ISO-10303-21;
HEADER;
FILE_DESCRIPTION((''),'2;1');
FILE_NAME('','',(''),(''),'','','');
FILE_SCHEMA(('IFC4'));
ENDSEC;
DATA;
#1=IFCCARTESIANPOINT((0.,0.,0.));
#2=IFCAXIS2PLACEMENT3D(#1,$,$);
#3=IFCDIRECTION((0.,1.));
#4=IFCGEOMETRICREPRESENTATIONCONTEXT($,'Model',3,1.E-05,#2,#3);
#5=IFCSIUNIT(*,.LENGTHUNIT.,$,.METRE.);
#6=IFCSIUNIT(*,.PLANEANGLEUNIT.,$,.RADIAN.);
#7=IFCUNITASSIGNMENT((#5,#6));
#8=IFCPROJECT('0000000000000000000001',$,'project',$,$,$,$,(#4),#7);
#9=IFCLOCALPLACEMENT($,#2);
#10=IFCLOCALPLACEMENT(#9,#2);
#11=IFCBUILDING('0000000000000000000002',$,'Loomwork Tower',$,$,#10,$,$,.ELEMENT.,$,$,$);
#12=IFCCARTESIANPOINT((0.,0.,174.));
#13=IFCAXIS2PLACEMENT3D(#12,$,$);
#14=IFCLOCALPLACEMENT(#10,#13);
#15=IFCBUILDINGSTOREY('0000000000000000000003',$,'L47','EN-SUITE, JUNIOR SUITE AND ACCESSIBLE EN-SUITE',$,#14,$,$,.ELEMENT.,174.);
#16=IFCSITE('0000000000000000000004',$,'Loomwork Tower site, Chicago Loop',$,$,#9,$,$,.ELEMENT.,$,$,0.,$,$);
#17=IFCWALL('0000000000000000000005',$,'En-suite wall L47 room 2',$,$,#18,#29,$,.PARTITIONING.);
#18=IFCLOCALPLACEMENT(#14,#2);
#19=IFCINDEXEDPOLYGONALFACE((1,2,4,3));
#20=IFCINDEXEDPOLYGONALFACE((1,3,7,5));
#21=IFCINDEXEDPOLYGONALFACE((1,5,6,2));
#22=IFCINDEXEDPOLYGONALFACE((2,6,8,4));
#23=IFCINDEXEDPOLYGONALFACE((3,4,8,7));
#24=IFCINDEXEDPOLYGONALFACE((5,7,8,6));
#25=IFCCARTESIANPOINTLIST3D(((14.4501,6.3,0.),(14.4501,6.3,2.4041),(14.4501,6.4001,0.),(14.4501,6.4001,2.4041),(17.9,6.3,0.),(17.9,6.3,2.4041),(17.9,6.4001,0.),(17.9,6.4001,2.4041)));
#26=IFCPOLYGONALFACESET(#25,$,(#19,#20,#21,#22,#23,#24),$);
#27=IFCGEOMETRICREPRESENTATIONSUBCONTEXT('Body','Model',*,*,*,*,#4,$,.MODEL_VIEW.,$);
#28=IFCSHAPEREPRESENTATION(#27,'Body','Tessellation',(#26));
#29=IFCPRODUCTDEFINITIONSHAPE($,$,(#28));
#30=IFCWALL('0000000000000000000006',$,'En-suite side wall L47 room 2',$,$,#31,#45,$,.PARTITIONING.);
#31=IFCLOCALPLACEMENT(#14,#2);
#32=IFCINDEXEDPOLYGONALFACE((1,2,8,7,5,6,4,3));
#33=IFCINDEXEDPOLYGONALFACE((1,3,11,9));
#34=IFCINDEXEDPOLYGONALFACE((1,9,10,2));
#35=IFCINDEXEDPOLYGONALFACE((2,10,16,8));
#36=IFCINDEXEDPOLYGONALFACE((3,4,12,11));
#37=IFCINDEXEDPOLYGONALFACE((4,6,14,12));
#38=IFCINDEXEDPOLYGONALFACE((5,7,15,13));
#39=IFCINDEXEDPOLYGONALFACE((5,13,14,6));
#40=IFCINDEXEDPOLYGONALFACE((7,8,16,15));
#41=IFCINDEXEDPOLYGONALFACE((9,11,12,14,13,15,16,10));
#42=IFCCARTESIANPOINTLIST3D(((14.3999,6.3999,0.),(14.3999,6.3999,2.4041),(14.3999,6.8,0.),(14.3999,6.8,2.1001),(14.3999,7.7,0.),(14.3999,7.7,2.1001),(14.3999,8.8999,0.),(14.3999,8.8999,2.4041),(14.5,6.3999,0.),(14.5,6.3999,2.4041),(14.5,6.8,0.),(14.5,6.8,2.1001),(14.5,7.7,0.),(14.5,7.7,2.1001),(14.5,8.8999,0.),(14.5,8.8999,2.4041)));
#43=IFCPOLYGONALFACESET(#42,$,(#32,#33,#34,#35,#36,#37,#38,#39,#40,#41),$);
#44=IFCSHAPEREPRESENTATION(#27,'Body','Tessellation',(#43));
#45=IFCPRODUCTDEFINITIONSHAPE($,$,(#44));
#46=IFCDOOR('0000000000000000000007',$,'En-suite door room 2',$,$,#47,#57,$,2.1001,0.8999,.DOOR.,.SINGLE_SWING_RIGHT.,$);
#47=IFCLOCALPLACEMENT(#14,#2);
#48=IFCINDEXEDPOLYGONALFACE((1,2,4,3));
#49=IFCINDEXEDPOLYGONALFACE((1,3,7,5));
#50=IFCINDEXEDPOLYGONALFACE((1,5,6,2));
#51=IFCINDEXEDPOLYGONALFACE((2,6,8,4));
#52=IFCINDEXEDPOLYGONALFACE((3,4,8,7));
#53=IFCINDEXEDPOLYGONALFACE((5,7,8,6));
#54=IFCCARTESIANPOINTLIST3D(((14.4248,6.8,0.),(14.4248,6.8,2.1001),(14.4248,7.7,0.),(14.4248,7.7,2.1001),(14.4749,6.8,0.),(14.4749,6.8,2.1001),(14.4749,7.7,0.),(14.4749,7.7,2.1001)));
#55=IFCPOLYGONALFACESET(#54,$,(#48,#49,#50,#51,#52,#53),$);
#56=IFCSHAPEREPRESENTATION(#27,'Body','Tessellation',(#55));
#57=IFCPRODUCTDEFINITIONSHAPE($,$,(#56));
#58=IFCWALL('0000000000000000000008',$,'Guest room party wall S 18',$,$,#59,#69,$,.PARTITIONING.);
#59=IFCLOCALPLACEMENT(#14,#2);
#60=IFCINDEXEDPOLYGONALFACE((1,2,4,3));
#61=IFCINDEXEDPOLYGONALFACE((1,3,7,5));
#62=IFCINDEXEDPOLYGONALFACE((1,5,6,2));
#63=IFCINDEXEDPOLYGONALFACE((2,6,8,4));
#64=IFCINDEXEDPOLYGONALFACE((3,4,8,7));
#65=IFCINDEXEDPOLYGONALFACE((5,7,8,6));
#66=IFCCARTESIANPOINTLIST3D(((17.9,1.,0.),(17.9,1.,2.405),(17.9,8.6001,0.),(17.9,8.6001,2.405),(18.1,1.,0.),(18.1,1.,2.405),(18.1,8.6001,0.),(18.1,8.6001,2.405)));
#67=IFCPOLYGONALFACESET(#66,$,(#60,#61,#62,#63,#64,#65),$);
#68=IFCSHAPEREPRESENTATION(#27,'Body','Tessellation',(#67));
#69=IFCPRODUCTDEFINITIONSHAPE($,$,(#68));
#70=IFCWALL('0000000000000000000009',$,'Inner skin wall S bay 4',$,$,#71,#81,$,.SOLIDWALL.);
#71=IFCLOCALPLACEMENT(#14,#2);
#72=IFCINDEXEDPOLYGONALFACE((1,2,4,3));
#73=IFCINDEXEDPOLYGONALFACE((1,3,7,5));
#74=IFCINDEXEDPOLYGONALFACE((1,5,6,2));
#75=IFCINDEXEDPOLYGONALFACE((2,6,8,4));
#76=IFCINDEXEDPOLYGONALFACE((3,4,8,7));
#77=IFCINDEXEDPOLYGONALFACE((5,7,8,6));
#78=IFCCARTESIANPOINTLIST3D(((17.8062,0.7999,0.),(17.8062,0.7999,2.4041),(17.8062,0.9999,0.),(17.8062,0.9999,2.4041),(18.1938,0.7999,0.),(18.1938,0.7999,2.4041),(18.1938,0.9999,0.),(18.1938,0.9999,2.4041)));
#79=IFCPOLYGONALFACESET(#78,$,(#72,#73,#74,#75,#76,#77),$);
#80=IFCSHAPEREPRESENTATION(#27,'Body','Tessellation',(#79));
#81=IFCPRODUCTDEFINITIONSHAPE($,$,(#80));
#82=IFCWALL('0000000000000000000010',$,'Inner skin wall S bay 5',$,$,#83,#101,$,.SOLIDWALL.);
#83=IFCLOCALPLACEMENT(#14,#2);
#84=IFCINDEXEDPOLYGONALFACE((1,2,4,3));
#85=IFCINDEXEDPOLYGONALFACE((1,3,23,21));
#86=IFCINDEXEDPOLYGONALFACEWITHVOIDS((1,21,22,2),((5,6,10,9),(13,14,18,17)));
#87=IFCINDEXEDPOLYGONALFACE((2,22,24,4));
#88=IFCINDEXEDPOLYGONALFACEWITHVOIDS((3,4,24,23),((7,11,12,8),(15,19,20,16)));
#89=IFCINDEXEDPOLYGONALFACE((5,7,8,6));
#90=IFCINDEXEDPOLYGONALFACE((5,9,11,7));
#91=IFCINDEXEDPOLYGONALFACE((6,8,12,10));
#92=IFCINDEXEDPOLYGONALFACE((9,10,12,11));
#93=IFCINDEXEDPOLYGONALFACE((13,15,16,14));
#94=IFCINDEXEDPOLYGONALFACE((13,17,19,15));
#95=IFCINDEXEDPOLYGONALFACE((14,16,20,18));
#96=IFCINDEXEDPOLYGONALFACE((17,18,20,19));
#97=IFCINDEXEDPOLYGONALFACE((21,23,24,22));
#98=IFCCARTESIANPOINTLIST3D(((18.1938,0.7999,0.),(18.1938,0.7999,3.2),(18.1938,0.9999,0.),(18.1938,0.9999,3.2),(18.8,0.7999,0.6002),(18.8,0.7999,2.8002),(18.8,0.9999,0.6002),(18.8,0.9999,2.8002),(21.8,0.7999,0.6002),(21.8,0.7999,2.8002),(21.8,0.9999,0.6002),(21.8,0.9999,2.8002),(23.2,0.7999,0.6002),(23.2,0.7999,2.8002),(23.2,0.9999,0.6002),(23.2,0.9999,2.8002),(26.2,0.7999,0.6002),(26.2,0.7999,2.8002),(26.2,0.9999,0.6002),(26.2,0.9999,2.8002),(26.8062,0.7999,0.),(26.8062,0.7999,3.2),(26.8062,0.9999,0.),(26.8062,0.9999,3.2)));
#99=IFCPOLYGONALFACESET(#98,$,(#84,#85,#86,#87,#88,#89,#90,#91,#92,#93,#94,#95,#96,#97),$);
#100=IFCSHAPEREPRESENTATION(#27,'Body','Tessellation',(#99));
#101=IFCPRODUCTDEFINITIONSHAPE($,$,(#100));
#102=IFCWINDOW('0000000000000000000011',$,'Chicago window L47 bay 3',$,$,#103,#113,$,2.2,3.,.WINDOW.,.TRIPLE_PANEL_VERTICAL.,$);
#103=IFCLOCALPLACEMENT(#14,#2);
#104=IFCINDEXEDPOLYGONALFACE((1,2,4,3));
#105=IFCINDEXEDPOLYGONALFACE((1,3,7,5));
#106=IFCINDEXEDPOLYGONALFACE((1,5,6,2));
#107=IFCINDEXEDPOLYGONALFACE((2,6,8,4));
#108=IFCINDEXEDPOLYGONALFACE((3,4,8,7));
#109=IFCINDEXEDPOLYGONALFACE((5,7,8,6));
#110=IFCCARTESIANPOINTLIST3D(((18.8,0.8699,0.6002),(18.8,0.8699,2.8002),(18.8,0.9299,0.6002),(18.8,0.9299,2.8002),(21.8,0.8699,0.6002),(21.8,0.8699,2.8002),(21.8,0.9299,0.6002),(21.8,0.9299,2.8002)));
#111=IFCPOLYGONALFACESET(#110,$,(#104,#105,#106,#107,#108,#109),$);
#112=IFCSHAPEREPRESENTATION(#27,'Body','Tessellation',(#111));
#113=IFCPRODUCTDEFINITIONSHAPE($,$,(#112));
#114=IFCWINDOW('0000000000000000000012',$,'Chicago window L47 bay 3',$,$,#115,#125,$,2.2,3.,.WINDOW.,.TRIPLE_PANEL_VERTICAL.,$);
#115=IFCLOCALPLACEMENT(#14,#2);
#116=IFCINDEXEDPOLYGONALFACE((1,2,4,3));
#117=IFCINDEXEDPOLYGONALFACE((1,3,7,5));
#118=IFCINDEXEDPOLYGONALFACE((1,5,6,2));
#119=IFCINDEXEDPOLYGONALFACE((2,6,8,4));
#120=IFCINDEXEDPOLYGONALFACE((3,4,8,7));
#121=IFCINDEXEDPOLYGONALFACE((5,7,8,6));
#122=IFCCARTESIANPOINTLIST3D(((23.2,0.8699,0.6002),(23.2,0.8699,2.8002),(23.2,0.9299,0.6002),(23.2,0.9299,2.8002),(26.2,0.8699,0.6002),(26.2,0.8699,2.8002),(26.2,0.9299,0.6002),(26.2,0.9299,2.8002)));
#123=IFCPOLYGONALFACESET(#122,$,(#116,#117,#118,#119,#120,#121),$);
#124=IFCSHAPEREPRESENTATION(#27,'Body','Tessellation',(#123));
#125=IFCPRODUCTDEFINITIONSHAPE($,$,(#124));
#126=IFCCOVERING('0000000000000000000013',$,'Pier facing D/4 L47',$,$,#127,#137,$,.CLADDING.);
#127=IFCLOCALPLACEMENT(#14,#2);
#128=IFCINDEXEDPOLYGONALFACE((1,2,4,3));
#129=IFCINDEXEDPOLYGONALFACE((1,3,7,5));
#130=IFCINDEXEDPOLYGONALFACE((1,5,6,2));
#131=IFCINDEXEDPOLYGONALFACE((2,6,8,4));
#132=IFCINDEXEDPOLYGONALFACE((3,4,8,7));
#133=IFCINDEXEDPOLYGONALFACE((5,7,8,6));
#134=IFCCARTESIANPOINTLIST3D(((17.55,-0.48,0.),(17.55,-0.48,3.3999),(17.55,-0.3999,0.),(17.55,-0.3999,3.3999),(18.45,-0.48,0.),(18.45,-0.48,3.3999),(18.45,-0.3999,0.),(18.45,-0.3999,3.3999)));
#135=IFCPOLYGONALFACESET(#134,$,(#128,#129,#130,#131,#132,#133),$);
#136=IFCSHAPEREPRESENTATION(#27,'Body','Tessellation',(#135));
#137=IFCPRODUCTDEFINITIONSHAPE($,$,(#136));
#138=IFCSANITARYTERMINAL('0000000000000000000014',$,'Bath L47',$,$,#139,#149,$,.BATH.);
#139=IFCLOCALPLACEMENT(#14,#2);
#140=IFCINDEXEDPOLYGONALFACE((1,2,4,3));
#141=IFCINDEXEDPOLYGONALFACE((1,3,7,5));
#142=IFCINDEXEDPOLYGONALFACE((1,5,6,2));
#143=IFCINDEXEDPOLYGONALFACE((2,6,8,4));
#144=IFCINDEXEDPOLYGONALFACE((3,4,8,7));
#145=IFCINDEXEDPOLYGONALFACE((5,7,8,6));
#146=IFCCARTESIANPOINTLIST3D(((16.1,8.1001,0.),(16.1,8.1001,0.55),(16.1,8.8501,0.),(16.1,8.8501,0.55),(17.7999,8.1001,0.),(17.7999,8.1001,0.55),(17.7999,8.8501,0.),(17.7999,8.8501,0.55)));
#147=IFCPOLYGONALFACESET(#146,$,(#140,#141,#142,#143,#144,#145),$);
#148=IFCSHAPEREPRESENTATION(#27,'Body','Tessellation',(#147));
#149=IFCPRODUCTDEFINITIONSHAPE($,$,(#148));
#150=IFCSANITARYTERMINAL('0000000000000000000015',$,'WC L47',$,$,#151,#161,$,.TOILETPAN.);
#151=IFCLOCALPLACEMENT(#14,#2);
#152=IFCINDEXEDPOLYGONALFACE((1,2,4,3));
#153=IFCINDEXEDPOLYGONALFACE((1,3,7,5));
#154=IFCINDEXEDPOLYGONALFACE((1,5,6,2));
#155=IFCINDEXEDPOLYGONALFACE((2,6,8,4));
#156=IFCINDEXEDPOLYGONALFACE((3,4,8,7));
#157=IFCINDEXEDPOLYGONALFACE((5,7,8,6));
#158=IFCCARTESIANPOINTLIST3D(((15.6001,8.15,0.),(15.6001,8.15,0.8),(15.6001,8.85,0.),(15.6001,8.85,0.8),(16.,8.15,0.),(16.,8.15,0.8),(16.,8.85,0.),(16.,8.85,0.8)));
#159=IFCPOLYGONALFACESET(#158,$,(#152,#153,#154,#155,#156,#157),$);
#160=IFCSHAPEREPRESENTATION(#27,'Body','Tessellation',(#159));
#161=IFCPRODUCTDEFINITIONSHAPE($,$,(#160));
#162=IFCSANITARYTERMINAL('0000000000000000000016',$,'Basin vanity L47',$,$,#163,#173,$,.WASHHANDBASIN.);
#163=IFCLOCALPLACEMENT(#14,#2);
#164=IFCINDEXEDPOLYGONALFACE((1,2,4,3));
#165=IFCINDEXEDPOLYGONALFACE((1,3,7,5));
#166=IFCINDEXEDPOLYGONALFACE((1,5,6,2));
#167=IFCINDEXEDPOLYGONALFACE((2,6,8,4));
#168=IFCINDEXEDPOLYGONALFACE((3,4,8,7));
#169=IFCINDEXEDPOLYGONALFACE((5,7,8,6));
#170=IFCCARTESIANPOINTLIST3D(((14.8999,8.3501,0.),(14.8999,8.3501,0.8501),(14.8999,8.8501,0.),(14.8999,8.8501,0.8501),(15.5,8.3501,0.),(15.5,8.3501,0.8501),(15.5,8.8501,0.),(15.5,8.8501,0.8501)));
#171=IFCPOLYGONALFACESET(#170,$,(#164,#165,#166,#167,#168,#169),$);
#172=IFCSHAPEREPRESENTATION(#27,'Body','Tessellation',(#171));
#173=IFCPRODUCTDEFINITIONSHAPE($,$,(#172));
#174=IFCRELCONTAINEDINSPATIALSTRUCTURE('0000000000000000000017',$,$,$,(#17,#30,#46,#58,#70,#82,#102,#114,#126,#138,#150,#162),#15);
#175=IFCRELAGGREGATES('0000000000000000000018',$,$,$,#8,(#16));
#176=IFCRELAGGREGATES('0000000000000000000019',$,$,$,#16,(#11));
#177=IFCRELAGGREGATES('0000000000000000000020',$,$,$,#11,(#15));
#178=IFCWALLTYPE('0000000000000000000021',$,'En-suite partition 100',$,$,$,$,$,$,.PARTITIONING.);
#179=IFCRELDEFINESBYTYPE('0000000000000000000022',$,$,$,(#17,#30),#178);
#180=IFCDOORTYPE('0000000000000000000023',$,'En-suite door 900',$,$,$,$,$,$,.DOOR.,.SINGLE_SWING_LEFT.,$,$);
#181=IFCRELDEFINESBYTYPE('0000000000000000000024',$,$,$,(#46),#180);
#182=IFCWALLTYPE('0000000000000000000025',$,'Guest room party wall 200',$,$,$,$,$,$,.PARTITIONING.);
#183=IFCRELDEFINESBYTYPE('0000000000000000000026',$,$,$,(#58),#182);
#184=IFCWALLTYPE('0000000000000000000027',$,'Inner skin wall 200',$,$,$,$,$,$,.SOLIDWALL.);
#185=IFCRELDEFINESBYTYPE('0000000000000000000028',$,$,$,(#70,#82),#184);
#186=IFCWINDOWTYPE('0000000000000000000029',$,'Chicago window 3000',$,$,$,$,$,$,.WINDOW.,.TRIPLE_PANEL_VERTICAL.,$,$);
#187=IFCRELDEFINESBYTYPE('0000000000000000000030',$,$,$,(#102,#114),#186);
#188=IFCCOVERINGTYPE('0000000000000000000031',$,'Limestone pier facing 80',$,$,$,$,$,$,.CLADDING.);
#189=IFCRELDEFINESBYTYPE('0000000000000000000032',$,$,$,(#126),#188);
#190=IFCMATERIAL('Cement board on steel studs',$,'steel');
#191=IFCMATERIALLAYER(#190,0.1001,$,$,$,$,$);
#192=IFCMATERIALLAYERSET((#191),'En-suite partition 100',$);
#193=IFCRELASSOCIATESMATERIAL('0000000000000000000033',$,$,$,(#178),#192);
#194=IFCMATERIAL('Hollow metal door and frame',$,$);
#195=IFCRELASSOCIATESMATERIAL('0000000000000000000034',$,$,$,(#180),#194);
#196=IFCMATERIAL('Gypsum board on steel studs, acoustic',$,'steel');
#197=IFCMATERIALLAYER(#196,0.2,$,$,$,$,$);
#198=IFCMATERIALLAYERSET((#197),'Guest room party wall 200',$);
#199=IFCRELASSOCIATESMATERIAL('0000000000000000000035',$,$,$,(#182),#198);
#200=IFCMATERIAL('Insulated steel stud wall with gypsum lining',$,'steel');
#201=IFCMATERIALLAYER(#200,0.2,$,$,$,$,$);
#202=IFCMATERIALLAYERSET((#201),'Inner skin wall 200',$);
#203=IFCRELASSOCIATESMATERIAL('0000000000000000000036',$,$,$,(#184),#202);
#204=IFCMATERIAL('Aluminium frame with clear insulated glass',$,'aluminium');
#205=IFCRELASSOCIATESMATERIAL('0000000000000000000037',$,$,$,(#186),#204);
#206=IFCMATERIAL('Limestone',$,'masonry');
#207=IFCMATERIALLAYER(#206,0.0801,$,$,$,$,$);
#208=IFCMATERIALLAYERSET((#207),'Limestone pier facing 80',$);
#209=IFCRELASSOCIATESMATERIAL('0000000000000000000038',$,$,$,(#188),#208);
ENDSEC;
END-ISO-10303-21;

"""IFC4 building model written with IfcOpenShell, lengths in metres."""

from ifc_helpers import new_model, si_unit, direction, frame, frame_2d, origin, origin_2d, place, context, subcontext, project, spatial, rectangle, extrude, material, layer, layer_set, type_object, element, fill, save


model = new_model("IFC4")

# Units and contexts
model_context = context("Model", 3, precision=1e-05, world=origin(), true_north=direction((0.0, 1.0)))
body_context = subcontext(model_context, "Body", "Model", "MODEL_VIEW")
ifc_project = project(units=[si_unit("LENGTHUNIT", "METRE"), si_unit("PLANEANGLEUNIT", "RADIAN")], contexts=[model_context])

# Site, building, storey
site_placement = place(None, origin())
site = spatial("IfcSite", under=ifc_project, at=site_placement, Name="Loomwork Tower site, Chicago Loop", CompositionType="ELEMENT", RefElevation=0.0)
building_placement = place(site_placement, origin())
building = spatial("IfcBuilding", under=site, at=building_placement, Name="Loomwork Tower", CompositionType="ELEMENT")
storey_placement = place(building_placement, frame((0.0, 0.0, 174.0)))
storey = spatial("IfcBuildingStorey", under=building, at=storey_placement, Name="L47", Description="EN-SUITE, JUNIOR SUITE AND ACCESSIBLE EN-SUITE", CompositionType="ELEMENT", Elevation=174.0)

# Wall
ifc_material_1 = material(Name="Cement board on steel studs", Category="steel")
ifc_layer_1 = layer(ifc_material_1, 0.1001)
ifc_layer_set_1 = layer_set([ifc_layer_1], Name="En-suite partition 100")
wall_type_1 = type_object("IfcWallType", Name="En-suite partition 100", PredefinedType="PARTITIONING", material=ifc_layer_set_1)
wall_1_placement = place(storey_placement, frame((14.45, 6.3501, 0.0), z_axis=(0.0, 0.0, 1.0), x_axis=(1.0, 0.0, 0.0)))
element("IfcWall", 1, at=wall_1_placement, inside=storey, type_object=wall_type_1, Name="En-suite wall L47 room 2", PredefinedType="PARTITIONING", context=body_context, shape_type="SweptSolid", body=[
    extrude(rectangle(XDim=3.45, YDim=0.1001, at=frame_2d((1.7251, 0.0))), origin(), (0.0, 0.0, 1.0), 2.4041),
])

# Wall, opening, door
wall_2_placement = place(storey_placement, frame((14.45, 8.8999, 0.0), z_axis=(0.0, 0.0, 1.0), x_axis=(0.0, -1.0, 0.0)))
wall_2 = element("IfcWall", 2, at=wall_2_placement, inside=storey, type_object=wall_type_1, Name="En-suite side wall L47 room 2", PredefinedType="PARTITIONING", context=body_context, shape_type="SweptSolid", body=[
    extrude(rectangle(XDim=2.5, YDim=0.1001, at=frame_2d((1.25, 0.0))), origin(), (0.0, 0.0, 1.0), 2.4041),
])
opening_1_placement = place(wall_2_placement, frame((1.2, 0.0, 0.0)))
opening_1 = element("IfcOpeningElement", 3, at=opening_1_placement, cuts=wall_2, PredefinedType="OPENING", context=body_context, shape_type="SweptSolid", body=[
    extrude(rectangle(XDim=0.8999, YDim=2.1001, at=frame_2d((0.45, 1.05))), frame((0.0, 0.0601, 0.0), z_axis=(0.0, -1.0, 0.0), x_axis=(1.0, 0.0, 0.0)), (0.0, 0.0, 1.0), 0.1201),
])
ifc_material_2 = material(Name="Hollow metal door and frame")
door_type = type_object("IfcDoorType", Name="En-suite door 900", OperationType="SINGLE_SWING_LEFT", PredefinedType="DOOR", material=ifc_material_2)
door_placement = place(opening_1_placement, origin())
door = element("IfcDoor", 4, at=door_placement, inside=storey, type_object=door_type, Name="En-suite door room 2", OperationType="SINGLE_SWING_RIGHT", OverallHeight=2.1001, OverallWidth=0.8999, PredefinedType="DOOR", context=body_context, shape_type="SweptSolid", body=[
    extrude(rectangle(XDim=0.8999, YDim=2.1001, at=frame_2d((0.45, 1.05))), frame((0.0, 0.0249, 0.0), z_axis=(0.0, -1.0, 0.0), x_axis=(1.0, 0.0, 0.0)), (0.0, 0.0, 1.0), 0.05),
])
fill(opening_1, door)

# Walls
ifc_material_3 = material(Name="Gypsum board on steel studs, acoustic", Category="steel")
ifc_layer_2 = layer(ifc_material_3, 0.2)
ifc_layer_set_2 = layer_set([ifc_layer_2], Name="Guest room party wall 200")
wall_type_2 = type_object("IfcWallType", Name="Guest room party wall 200", PredefinedType="PARTITIONING", material=ifc_layer_set_2)
wall_3_placement = place(storey_placement, frame((18.0, 8.6001, 0.0), z_axis=(0.0, 0.0, 1.0), x_axis=(0.0, -1.0, 0.0)))
element("IfcWall", 5, at=wall_3_placement, inside=storey, type_object=wall_type_2, Name="Guest room party wall S 18", PredefinedType="PARTITIONING", context=body_context, shape_type="SweptSolid", body=[
    extrude(rectangle(XDim=7.6001, YDim=0.2, at=frame_2d((3.8, 0.0))), origin(), (0.0, 0.0, 1.0), 2.405),
])
ifc_material_4 = material(Name="Insulated steel stud wall with gypsum lining", Category="steel")
ifc_layer_3 = layer(ifc_material_4, 0.2)
ifc_layer_set_3 = layer_set([ifc_layer_3], Name="Inner skin wall 200")
wall_type_3 = type_object("IfcWallType", Name="Inner skin wall 200", PredefinedType="SOLIDWALL", material=ifc_layer_set_3)
wall_4_placement = place(storey_placement, frame((17.8062, 0.8999, 0.0), z_axis=(0.0, 0.0, 1.0), x_axis=(1.0, 0.0, 0.0)))
element("IfcWall", 6, at=wall_4_placement, inside=storey, type_object=wall_type_3, Name="Inner skin wall S bay 4", PredefinedType="SOLIDWALL", context=body_context, shape_type="SweptSolid", body=[
    extrude(rectangle(XDim=0.3877, YDim=0.2, at=frame_2d((0.1938, 0.0))), origin(), (0.0, 0.0, 1.0), 2.4041),
])

# Wall, openings, windows
wall_5_placement = place(storey_placement, frame((18.1938, 0.8999, 0.0), z_axis=(0.0, 0.0, 1.0), x_axis=(1.0, 0.0, 0.0)))
wall_5 = element("IfcWall", 7, at=wall_5_placement, inside=storey, type_object=wall_type_3, Name="Inner skin wall S bay 5", PredefinedType="SOLIDWALL", context=body_context, shape_type="SweptSolid", body=[
    extrude(rectangle(XDim=8.6123, YDim=0.2, at=frame_2d((4.3062, 0.0))), origin(), (0.0, 0.0, 1.0), 3.2),
])
opening_2_placement = place(wall_5_placement, frame((0.6062, 0.0, 0.6001)))
opening_2 = element("IfcOpeningElement", 8, at=opening_2_placement, cuts=wall_5, PredefinedType="OPENING", context=body_context, shape_type="SweptSolid", body=[
    extrude(rectangle(XDim=3.0, YDim=2.2, at=frame_2d((1.5, 1.1001))), frame((0.0, 0.1099, 0.0), z_axis=(0.0, -1.0, 0.0), x_axis=(1.0, 0.0, 0.0)), (0.0, 0.0, 1.0), 0.22),
])
opening_3_placement = place(wall_5_placement, frame((5.0061, 0.0, 0.6001)))
opening_3 = element("IfcOpeningElement", 9, at=opening_3_placement, cuts=wall_5, PredefinedType="OPENING", context=body_context, shape_type="SweptSolid", body=[
    extrude(rectangle(XDim=3.0, YDim=2.2, at=frame_2d((1.5, 1.1001))), frame((0.0, 0.1099, 0.0), z_axis=(0.0, -1.0, 0.0), x_axis=(1.0, 0.0, 0.0)), (0.0, 0.0, 1.0), 0.22),
])
ifc_material_5 = material(Name="Aluminium frame with clear insulated glass", Category="aluminium")
window_type = type_object("IfcWindowType", Name="Chicago window 3000", PartitioningType="TRIPLE_PANEL_VERTICAL", PredefinedType="WINDOW", material=ifc_material_5)
window_1_placement = place(opening_2_placement, origin())
window_1 = element("IfcWindow", 10, at=window_1_placement, inside=storey, type_object=window_type, Name="Chicago window L47 bay 3", OverallHeight=2.2, OverallWidth=3.0, PartitioningType="TRIPLE_PANEL_VERTICAL", PredefinedType="WINDOW", context=body_context, shape_type="SweptSolid", body=[
    extrude(rectangle(XDim=3.0, YDim=2.2, at=frame_2d((1.5, 1.1001))), frame((0.0, 0.03, 0.0), z_axis=(0.0, -1.0, 0.0), x_axis=(1.0, 0.0, 0.0)), (0.0, 0.0, 1.0), 0.0601),
])
fill(opening_2, window_1)
window_2_placement = place(opening_3_placement, origin())
window_2 = element("IfcWindow", 11, at=window_2_placement, inside=storey, type_object=window_type, Name="Chicago window L47 bay 3", OverallHeight=2.2, OverallWidth=3.0, PartitioningType="TRIPLE_PANEL_VERTICAL", PredefinedType="WINDOW", context=body_context, shape_type="SweptSolid", body=[
    extrude(rectangle(XDim=3.0, YDim=2.2, at=frame_2d((1.5, 1.1001))), frame((0.0, 0.03, 0.0), z_axis=(0.0, -1.0, 0.0), x_axis=(1.0, 0.0, 0.0)), (0.0, 0.0, 1.0), 0.0601),
])
fill(opening_3, window_2)

# Covering
ifc_material_6 = material(Name="Limestone", Category="masonry")
ifc_layer_4 = layer(ifc_material_6, 0.0801)
ifc_layer_set_4 = layer_set([ifc_layer_4], Name="Limestone pier facing 80")
covering_type = type_object("IfcCoveringType", Name="Limestone pier facing 80", PredefinedType="CLADDING", material=ifc_layer_set_4)
covering_placement = place(storey_placement, frame((18.0, -0.4399, 0.0), z_axis=(0.0, 0.0, 1.0), x_axis=(1.0, 0.0, 0.0)))
element("IfcCovering", 12, at=covering_placement, inside=storey, type_object=covering_type, Name="Pier facing D/4 L47", PredefinedType="CLADDING", context=body_context, shape_type="SweptSolid", body=[
    extrude(rectangle(XDim=0.8999, YDim=0.0801, at=origin_2d()), origin(), (0.0, 0.0, 1.0), 3.3999),
])

# Sanitary terminals
sanitary_terminal_1_placement = place(storey_placement, frame((16.95, 8.4751, 0.0), z_axis=(0.0, 0.0, 1.0), x_axis=(1.0, 0.0, 0.0)))
element("IfcSanitaryTerminal", 13, at=sanitary_terminal_1_placement, inside=storey, Name="Bath L47", PredefinedType="BATH", context=body_context, shape_type="SweptSolid", body=[
    extrude(rectangle(XDim=1.7, YDim=0.75, at=origin_2d()), origin(), (0.0, 0.0, 1.0), 0.55),
])
sanitary_terminal_2_placement = place(storey_placement, frame((15.8, 8.5, 0.0), z_axis=(0.0, 0.0, 1.0), x_axis=(1.0, 0.0, 0.0)))
element("IfcSanitaryTerminal", 14, at=sanitary_terminal_2_placement, inside=storey, Name="WC L47", PredefinedType="TOILETPAN", context=body_context, shape_type="SweptSolid", body=[
    extrude(rectangle(XDim=0.3999, YDim=0.7, at=origin_2d()), origin(), (0.0, 0.0, 1.0), 0.8),
])
sanitary_terminal_3_placement = place(storey_placement, frame((15.2, 8.6001, 0.0), z_axis=(0.0, 0.0, 1.0), x_axis=(1.0, 0.0, 0.0)))
element("IfcSanitaryTerminal", 15, at=sanitary_terminal_3_placement, inside=storey, Name="Basin vanity L47", PredefinedType="WASHHANDBASIN", context=body_context, shape_type="SweptSolid", body=[
    extrude(rectangle(XDim=0.6001, YDim=0.5, at=origin_2d()), origin(), (0.0, 0.0, 1.0), 0.8501),
])

save(model, "model.ifc")
